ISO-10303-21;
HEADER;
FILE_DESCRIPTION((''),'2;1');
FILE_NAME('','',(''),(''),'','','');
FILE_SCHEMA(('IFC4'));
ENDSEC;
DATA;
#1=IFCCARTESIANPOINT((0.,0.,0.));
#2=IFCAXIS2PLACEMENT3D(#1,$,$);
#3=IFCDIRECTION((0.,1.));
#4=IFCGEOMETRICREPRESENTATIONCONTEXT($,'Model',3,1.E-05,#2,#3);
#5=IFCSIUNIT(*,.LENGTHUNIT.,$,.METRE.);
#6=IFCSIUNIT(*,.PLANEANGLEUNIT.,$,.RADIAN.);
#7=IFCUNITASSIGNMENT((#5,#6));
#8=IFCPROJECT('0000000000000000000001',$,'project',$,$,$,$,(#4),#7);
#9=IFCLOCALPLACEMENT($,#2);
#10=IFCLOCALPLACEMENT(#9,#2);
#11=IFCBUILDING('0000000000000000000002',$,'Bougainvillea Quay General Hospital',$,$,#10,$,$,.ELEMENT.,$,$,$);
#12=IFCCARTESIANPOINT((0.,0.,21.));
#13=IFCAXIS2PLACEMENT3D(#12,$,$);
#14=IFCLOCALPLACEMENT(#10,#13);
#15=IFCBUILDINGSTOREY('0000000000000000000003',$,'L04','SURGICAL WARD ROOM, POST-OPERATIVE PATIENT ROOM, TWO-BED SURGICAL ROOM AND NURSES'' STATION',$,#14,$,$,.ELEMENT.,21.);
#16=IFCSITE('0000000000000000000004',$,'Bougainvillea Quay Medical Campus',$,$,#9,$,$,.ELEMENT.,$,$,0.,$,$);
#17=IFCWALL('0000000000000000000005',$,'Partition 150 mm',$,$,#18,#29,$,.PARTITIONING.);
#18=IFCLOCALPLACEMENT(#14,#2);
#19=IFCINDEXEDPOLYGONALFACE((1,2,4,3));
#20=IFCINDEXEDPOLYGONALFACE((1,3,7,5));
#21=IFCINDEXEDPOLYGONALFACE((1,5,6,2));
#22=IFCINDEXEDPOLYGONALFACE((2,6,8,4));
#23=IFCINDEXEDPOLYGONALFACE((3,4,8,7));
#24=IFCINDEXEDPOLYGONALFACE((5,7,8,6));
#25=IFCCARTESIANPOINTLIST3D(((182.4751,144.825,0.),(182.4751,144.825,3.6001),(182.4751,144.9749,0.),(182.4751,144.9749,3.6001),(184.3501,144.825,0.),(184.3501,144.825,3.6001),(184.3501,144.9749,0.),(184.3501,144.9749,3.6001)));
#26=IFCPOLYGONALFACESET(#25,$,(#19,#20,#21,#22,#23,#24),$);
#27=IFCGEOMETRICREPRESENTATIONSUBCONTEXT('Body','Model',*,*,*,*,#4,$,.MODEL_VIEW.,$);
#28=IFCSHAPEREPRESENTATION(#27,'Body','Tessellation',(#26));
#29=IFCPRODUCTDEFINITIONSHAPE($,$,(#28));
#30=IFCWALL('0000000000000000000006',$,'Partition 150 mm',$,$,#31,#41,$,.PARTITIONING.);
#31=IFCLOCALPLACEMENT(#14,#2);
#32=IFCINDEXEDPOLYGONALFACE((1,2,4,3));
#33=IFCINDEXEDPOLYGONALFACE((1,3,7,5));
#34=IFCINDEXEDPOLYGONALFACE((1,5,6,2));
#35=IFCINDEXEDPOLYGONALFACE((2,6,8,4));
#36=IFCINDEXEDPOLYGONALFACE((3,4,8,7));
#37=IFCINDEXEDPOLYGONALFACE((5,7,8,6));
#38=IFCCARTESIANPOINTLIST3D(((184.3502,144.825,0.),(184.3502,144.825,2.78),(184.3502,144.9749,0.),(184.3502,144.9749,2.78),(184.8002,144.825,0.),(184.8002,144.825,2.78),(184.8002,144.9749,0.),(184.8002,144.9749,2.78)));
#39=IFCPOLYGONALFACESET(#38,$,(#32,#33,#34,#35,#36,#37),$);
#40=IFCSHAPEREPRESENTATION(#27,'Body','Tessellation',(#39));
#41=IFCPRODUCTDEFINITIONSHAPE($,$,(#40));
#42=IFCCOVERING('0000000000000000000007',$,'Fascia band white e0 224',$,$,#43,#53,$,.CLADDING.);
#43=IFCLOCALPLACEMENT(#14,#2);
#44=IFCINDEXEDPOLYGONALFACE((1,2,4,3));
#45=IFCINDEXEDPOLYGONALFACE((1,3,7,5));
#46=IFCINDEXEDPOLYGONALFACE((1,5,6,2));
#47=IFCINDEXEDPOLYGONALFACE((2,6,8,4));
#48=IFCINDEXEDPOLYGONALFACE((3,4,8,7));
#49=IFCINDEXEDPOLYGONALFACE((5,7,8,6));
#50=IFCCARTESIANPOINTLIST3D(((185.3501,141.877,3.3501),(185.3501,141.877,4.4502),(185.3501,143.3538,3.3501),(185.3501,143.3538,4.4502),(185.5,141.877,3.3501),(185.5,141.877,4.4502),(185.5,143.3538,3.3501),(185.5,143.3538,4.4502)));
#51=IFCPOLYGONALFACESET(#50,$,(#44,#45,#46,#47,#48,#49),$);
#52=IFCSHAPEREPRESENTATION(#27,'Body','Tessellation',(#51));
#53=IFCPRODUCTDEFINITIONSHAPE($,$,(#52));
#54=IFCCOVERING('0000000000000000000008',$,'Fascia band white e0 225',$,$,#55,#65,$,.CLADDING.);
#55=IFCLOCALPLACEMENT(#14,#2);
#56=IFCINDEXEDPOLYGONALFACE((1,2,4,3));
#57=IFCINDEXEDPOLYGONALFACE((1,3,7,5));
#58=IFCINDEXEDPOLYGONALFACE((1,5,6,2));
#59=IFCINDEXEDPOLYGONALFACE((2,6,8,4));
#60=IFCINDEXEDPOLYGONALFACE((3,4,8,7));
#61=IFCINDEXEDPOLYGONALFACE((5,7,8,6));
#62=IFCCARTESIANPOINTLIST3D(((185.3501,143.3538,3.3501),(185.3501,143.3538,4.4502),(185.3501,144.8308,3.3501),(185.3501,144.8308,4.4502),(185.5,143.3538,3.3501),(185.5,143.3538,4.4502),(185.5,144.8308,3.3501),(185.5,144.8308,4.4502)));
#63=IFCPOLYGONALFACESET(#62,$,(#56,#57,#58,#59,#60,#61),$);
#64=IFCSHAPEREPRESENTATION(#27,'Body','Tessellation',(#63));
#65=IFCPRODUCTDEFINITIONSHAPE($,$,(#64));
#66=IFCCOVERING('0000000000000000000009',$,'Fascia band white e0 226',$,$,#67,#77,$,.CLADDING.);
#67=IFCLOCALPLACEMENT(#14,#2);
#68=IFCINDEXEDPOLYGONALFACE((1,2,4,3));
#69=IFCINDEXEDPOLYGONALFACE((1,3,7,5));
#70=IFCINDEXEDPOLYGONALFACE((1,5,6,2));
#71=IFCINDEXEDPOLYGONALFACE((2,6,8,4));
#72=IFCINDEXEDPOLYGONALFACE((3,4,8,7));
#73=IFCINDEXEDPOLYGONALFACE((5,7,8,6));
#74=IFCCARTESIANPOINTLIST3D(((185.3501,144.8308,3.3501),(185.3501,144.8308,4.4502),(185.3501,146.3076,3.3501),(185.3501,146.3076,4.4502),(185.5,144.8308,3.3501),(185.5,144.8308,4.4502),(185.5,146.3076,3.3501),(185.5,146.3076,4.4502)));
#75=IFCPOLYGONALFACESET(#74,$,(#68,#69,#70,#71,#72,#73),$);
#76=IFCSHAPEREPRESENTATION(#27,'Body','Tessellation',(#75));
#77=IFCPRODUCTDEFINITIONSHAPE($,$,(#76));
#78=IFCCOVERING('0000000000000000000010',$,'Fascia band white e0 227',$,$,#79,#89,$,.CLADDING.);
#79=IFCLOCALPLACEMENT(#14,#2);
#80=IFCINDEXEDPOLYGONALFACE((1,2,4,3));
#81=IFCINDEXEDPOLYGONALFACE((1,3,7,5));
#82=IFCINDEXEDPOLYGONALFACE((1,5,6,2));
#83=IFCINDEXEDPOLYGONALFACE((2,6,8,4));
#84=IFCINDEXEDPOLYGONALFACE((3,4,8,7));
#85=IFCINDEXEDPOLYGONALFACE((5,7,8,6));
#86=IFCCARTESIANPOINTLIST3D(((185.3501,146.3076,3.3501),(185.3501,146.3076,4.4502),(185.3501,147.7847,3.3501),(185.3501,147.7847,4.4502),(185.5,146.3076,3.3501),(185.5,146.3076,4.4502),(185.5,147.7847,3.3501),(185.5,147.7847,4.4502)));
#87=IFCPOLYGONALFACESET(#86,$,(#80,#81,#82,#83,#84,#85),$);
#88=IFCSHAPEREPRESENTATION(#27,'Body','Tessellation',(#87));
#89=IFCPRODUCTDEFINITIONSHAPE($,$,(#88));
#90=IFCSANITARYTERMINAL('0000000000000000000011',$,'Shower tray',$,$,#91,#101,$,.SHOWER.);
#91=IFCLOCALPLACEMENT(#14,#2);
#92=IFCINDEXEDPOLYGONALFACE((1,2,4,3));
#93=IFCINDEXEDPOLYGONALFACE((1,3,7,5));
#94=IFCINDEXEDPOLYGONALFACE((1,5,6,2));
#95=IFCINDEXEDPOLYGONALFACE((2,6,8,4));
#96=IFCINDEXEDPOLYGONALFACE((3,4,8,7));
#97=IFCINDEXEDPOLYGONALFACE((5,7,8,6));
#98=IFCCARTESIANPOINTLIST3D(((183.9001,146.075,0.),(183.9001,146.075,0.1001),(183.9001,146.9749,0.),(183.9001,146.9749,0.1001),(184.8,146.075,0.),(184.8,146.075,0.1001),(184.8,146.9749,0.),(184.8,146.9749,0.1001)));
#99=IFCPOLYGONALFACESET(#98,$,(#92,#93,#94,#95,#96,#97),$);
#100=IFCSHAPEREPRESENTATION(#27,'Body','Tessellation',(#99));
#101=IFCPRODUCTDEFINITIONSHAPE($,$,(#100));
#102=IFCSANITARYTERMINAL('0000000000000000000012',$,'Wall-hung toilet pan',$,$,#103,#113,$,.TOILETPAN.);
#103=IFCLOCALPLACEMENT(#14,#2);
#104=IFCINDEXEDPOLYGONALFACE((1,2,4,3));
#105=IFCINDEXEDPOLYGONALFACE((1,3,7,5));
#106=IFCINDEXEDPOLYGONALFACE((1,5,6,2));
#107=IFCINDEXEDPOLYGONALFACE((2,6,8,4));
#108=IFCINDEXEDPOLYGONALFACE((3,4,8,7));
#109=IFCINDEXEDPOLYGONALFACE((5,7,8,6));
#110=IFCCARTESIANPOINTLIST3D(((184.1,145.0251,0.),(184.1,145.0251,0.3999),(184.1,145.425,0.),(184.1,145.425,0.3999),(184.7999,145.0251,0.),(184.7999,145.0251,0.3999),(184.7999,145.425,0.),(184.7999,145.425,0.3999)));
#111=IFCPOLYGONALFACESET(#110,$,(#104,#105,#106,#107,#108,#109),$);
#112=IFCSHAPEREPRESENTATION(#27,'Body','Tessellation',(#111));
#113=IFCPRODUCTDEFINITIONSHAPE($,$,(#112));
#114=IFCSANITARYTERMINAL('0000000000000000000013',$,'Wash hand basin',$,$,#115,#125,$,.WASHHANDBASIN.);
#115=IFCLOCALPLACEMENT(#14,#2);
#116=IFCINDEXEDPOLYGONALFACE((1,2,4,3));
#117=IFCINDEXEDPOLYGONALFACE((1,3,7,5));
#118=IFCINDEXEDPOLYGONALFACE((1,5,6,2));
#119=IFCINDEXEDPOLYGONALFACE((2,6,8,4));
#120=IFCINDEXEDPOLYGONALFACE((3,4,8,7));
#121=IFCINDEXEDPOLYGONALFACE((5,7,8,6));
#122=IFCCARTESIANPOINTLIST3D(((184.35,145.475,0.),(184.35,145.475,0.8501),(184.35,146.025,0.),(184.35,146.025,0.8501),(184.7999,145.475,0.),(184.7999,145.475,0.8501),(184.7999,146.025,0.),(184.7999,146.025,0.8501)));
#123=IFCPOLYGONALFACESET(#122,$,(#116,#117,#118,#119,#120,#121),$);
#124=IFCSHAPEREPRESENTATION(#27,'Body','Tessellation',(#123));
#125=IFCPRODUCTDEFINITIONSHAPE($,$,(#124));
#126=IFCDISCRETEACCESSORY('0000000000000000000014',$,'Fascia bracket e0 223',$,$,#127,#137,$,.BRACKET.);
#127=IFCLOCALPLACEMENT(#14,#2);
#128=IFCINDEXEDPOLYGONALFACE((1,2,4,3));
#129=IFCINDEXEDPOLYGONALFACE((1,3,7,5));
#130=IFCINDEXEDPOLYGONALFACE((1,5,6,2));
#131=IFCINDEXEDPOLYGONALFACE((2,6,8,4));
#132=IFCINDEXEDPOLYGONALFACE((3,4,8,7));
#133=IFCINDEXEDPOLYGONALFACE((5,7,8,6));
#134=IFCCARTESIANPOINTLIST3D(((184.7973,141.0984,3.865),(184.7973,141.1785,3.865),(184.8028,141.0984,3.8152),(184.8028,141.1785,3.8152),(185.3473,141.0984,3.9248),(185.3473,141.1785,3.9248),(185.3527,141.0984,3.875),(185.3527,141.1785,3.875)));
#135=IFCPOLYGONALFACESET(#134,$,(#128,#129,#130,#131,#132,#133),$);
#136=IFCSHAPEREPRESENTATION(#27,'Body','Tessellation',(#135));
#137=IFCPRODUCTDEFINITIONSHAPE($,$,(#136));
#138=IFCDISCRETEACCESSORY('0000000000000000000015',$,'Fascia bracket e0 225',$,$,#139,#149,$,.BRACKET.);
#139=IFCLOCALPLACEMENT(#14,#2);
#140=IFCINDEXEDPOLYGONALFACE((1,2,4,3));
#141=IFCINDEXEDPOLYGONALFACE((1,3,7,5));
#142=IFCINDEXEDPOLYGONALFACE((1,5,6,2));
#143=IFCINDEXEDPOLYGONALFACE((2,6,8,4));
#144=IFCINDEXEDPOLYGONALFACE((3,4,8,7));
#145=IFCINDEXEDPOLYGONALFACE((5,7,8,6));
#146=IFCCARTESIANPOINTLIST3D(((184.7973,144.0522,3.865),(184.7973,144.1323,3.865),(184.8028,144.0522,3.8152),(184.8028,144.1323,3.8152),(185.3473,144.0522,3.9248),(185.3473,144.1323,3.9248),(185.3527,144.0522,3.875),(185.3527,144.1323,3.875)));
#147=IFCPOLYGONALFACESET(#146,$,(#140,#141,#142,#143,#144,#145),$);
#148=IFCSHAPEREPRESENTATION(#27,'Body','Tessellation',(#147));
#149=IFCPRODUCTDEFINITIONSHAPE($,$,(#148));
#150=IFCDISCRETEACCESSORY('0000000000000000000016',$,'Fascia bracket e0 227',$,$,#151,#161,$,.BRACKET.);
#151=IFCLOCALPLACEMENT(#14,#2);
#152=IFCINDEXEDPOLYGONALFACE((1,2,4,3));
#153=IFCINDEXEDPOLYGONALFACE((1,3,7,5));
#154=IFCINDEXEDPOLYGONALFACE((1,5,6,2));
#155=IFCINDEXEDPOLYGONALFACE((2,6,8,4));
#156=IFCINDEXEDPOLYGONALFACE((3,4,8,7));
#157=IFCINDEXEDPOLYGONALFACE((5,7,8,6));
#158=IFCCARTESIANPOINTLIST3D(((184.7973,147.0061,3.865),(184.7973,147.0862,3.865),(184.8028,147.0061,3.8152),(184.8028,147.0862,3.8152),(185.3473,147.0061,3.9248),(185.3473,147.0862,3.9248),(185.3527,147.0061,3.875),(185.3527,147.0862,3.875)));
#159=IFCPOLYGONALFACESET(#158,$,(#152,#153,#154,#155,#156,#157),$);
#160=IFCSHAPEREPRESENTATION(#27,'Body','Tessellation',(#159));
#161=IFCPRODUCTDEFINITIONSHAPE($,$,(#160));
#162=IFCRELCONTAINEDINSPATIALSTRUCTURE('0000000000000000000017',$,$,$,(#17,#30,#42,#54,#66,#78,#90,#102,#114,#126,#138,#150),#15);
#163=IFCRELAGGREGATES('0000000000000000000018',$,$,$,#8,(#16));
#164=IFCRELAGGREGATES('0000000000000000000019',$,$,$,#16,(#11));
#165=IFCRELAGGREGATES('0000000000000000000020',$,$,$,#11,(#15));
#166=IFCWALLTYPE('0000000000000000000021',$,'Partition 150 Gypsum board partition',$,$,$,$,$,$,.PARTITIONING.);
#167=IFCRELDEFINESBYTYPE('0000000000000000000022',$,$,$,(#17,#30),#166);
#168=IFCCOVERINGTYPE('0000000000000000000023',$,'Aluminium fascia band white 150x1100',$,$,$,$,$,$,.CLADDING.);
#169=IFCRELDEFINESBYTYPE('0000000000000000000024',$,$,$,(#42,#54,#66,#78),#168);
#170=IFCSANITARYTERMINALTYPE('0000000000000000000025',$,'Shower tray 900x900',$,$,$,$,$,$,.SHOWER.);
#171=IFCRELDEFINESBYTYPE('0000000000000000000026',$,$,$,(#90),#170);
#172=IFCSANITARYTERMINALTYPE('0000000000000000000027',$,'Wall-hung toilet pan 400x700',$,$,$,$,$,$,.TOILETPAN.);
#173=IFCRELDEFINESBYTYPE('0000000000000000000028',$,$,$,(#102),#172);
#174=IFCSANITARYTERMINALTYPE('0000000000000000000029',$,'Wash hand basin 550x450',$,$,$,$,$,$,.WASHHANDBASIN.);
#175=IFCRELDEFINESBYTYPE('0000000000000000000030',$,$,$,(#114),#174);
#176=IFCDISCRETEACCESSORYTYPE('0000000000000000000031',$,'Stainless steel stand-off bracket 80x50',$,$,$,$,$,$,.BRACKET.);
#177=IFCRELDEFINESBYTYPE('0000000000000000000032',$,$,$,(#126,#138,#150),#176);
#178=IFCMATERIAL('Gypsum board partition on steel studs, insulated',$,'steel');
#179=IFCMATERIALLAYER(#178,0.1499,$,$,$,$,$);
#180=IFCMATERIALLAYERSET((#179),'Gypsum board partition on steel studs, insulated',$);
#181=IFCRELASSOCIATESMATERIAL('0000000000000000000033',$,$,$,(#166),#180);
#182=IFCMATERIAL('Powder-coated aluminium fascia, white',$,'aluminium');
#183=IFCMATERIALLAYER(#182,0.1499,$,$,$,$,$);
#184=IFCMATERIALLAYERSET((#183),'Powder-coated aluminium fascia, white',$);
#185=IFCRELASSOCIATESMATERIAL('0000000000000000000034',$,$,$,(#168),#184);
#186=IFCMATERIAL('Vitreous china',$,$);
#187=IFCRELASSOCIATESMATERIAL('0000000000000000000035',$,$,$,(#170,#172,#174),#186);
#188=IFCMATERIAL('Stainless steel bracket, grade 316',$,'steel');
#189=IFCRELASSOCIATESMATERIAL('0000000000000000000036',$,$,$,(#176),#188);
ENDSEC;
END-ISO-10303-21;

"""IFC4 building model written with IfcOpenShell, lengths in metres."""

from ifc_helpers import new_model, si_unit, direction, frame, frame_2d, origin, origin_2d, place, context, subcontext, project, spatial, polyline, rectangle, outline, extrude, material, layer, layer_set, material_profile, profile_set, type_object, element, save


model = new_model("IFC4")

# Units and contexts
model_context = context("Model", 3, precision=1e-05, world=origin(), true_north=direction((0.0, 1.0)))
body_context = subcontext(model_context, "Body", "Model", "MODEL_VIEW")
ifc_project = project(units=[si_unit("LENGTHUNIT", "METRE"), si_unit("PLANEANGLEUNIT", "RADIAN")], contexts=[model_context])

# Site, building, storey
site_placement = place(None, origin())
site = spatial("IfcSite", under=ifc_project, at=site_placement, Name="Bougainvillea Quay Medical Campus", CompositionType="ELEMENT", RefElevation=0.0)
building_placement = place(site_placement, origin())
building = spatial("IfcBuilding", under=site, at=building_placement, Name="Bougainvillea Quay General Hospital", CompositionType="ELEMENT")
storey_placement = place(building_placement, frame((0.0, 0.0, 21.0)))
storey = spatial("IfcBuildingStorey", under=building, at=storey_placement, Name="L04", Description="SURGICAL WARD ROOM, POST-OPERATIVE PATIENT ROOM, TWO-BED SURGICAL ROOM AND NURSES' STATION", CompositionType="ELEMENT", Elevation=21.0)

# Shared definitions
ifc_material_1 = material(Name="Gypsum board partition on steel studs, insulated", Category="steel")
ifc_layer_1 = layer(ifc_material_1, 0.1499)
ifc_layer_set_1 = layer_set([ifc_layer_1], Name="Gypsum board partition on steel studs, insulated")
wall_type = type_object("IfcWallType", Name="Partition 150 Gypsum board partition", PredefinedType="PARTITIONING", material=ifc_layer_set_1)

# Walls
wall_1_placement = place(storey_placement, frame((182.4751, 144.8999, 0.0), z_axis=(0.0, 0.0, 1.0), x_axis=(1.0, 0.0, 0.0)))
element("IfcWall", 1, at=wall_1_placement, inside=storey, type_object=wall_type, Name="Partition 150 mm", PredefinedType="PARTITIONING", context=body_context, shape_type="SweptSolid", body=[
    extrude(rectangle(XDim=1.875, YDim=0.1499, at=frame_2d((0.9375, 0.0))), origin(), (0.0, 0.0, 1.0), 3.6001),
])
wall_2_placement = place(storey_placement, frame((184.3501, 144.8999, 0.0), z_axis=(0.0, 0.0, 1.0), x_axis=(1.0, 0.0, 0.0)))
element("IfcWall", 2, at=wall_2_placement, inside=storey, type_object=wall_type, Name="Partition 150 mm", PredefinedType="PARTITIONING", context=body_context, shape_type="SweptSolid", body=[
    extrude(rectangle(XDim=0.45, YDim=0.1499, at=frame_2d((0.2251, 0.0))), origin(), (0.0, 0.0, 1.0), 2.78),
])

# Coverings
ifc_material_2 = material(Name="Powder-coated aluminium fascia, white", Category="aluminium")
ifc_layer_2 = layer(ifc_material_2, 0.1499)
ifc_layer_set_2 = layer_set([ifc_layer_2], Name="Powder-coated aluminium fascia, white")
covering_type = type_object("IfcCoveringType", Name="Aluminium fascia band white 150x1100", PredefinedType="CLADDING", material=ifc_layer_set_2)
covering_1_placement = place(storey_placement, frame((185.3501, 141.877, 3.3501), z_axis=(0.0, 0.0, 1.0), x_axis=(0.0, 1.0, 0.0)))
element("IfcCovering", 3, at=covering_1_placement, inside=storey, type_object=covering_type, Name="Fascia band white e0 224", PredefinedType="CLADDING", context=body_context, shape_type="SweptSolid", body=[
    extrude(outline(polyline([(0.0, 0.0), (1.4768, 0.0), (1.4768, -0.1499), (0.0, -0.1499), (0.0, 0.0)])), origin(), (0.0, 0.0, 1.0), 1.1001),
])
covering_2_placement = place(storey_placement, frame((185.3501, 143.3538, 3.3501), z_axis=(0.0, 0.0, 1.0), x_axis=(0.0, 1.0, 0.0)))
element("IfcCovering", 4, at=covering_2_placement, inside=storey, type_object=covering_type, Name="Fascia band white e0 225", PredefinedType="CLADDING", context=body_context, shape_type="SweptSolid", body=[
    extrude(outline(polyline([(0.0, 0.0), (1.4771, 0.0), (1.4771, -0.1499), (0.0, -0.1499), (0.0, 0.0)])), origin(), (0.0, 0.0, 1.0), 1.1001),
])
covering_3_placement = place(storey_placement, frame((185.3501, 144.8308, 3.3501), z_axis=(0.0, 0.0, 1.0), x_axis=(0.0, 1.0, 0.0)))
element("IfcCovering", 5, at=covering_3_placement, inside=storey, type_object=covering_type, Name="Fascia band white e0 226", PredefinedType="CLADDING", context=body_context, shape_type="SweptSolid", body=[
    extrude(outline(polyline([(0.0, 0.0), (1.4768, 0.0), (1.4768, -0.1499), (0.0, -0.1499), (0.0, 0.0)])), origin(), (0.0, 0.0, 1.0), 1.1001),
])
covering_4_placement = place(storey_placement, frame((185.3501, 146.3076, 3.3501), z_axis=(0.0, 0.0, 1.0), x_axis=(0.0, 1.0, 0.0)))
element("IfcCovering", 6, at=covering_4_placement, inside=storey, type_object=covering_type, Name="Fascia band white e0 227", PredefinedType="CLADDING", context=body_context, shape_type="SweptSolid", body=[
    extrude(outline(polyline([(0.0, 0.0), (1.4771, 0.0), (1.4771, -0.1499), (0.0, -0.1499), (0.0, 0.0)])), origin(), (0.0, 0.0, 1.0), 1.1001),
])

# Sanitary terminals
ifc_material_3 = material(Name="Vitreous china")
sanitary_terminal_type_1 = type_object("IfcSanitaryTerminalType", Name="Shower tray 900x900", PredefinedType="SHOWER", material=ifc_material_3)
sanitary_terminal_1_placement = place(storey_placement, frame((184.3501, 146.5249, 0.0), z_axis=(0.0, 0.0, 1.0), x_axis=(0.0, -1.0, 0.0)))
element("IfcSanitaryTerminal", 7, at=sanitary_terminal_1_placement, inside=storey, type_object=sanitary_terminal_type_1, Name="Shower tray", PredefinedType="SHOWER", context=body_context, shape_type="SweptSolid", body=[
    extrude(rectangle(XDim=0.8999, YDim=0.8999, at=origin_2d()), origin(), (0.0, 0.0, 1.0), 0.1001),
])
sanitary_terminal_type_2 = type_object("IfcSanitaryTerminalType", Name="Wall-hung toilet pan 400x700", PredefinedType="TOILETPAN", material=ifc_material_3)
sanitary_terminal_2_placement = place(storey_placement, frame((184.45, 145.2251, 0.0), z_axis=(0.0, 0.0, 1.0), x_axis=(0.0, -1.0, 0.0)))
element("IfcSanitaryTerminal", 8, at=sanitary_terminal_2_placement, inside=storey, type_object=sanitary_terminal_type_2, Name="Wall-hung toilet pan", PredefinedType="TOILETPAN", context=body_context, shape_type="SweptSolid", body=[
    extrude(rectangle(XDim=0.3999, YDim=0.7, at=origin_2d()), origin(), (0.0, 0.0, 1.0), 0.3999),
])
sanitary_terminal_type_3 = type_object("IfcSanitaryTerminalType", Name="Wash hand basin 550x450", PredefinedType="WASHHANDBASIN", material=ifc_material_3)
sanitary_terminal_3_placement = place(storey_placement, frame((184.575, 145.75, 0.0), z_axis=(0.0, 0.0, 1.0), x_axis=(0.0, -1.0, 0.0)))
element("IfcSanitaryTerminal", 9, at=sanitary_terminal_3_placement, inside=storey, type_object=sanitary_terminal_type_3, Name="Wash hand basin", PredefinedType="WASHHANDBASIN", context=body_context, shape_type="SweptSolid", body=[
    extrude(rectangle(XDim=0.55, YDim=0.45, at=origin_2d()), origin(), (0.0, 0.0, 1.0), 0.8501),
])

# Discrete accessories
ifc_material_4 = material(Name="Stainless steel bracket, grade 316", Category="steel")
ifc_material_profile_1 = material_profile(ifc_material_4, rectangle(XDim=0.0801, YDim=0.05, at=origin_2d()))
ifc_profile_set_1 = profile_set([ifc_material_profile_1], Name="Stainless steel bracket, grade 316")
discrete_accessory_type = type_object("IfcDiscreteAccessoryType", Name="Stainless steel stand-off bracket 80x50", PredefinedType="BRACKET", material=ifc_profile_set_1)
for number, where, z_axis, x_axis, name in (
    (10, (184.8, 141.1384, 3.8401), (0.994139, 0.0, 0.108107), (0.0, 1.0, 0.0), "Fascia bracket e0 223"),
    (11, (184.8, 144.0923, 3.8401), (0.994139, 0.0, 0.108107), (0.0, 1.0, 0.0), "Fascia bracket e0 225"),
    (12, (184.8, 147.0461, 3.8401), (0.994139, 0.0, 0.108107), (0.0, 1.0, 0.0), "Fascia bracket e0 227"),
):
    element("IfcDiscreteAccessory", number, at=place(storey_placement, frame(where, z_axis=z_axis, x_axis=x_axis)), inside=storey, type_object=discrete_accessory_type, Name=name, PredefinedType="BRACKET", context=body_context, shape_type="SweptSolid", body=[
        extrude(rectangle(XDim=0.0801, YDim=0.05, at=origin_2d()), origin(), (0.0, 0.0, 1.0), 0.5532),
    ])

save(model, "model.ifc")
